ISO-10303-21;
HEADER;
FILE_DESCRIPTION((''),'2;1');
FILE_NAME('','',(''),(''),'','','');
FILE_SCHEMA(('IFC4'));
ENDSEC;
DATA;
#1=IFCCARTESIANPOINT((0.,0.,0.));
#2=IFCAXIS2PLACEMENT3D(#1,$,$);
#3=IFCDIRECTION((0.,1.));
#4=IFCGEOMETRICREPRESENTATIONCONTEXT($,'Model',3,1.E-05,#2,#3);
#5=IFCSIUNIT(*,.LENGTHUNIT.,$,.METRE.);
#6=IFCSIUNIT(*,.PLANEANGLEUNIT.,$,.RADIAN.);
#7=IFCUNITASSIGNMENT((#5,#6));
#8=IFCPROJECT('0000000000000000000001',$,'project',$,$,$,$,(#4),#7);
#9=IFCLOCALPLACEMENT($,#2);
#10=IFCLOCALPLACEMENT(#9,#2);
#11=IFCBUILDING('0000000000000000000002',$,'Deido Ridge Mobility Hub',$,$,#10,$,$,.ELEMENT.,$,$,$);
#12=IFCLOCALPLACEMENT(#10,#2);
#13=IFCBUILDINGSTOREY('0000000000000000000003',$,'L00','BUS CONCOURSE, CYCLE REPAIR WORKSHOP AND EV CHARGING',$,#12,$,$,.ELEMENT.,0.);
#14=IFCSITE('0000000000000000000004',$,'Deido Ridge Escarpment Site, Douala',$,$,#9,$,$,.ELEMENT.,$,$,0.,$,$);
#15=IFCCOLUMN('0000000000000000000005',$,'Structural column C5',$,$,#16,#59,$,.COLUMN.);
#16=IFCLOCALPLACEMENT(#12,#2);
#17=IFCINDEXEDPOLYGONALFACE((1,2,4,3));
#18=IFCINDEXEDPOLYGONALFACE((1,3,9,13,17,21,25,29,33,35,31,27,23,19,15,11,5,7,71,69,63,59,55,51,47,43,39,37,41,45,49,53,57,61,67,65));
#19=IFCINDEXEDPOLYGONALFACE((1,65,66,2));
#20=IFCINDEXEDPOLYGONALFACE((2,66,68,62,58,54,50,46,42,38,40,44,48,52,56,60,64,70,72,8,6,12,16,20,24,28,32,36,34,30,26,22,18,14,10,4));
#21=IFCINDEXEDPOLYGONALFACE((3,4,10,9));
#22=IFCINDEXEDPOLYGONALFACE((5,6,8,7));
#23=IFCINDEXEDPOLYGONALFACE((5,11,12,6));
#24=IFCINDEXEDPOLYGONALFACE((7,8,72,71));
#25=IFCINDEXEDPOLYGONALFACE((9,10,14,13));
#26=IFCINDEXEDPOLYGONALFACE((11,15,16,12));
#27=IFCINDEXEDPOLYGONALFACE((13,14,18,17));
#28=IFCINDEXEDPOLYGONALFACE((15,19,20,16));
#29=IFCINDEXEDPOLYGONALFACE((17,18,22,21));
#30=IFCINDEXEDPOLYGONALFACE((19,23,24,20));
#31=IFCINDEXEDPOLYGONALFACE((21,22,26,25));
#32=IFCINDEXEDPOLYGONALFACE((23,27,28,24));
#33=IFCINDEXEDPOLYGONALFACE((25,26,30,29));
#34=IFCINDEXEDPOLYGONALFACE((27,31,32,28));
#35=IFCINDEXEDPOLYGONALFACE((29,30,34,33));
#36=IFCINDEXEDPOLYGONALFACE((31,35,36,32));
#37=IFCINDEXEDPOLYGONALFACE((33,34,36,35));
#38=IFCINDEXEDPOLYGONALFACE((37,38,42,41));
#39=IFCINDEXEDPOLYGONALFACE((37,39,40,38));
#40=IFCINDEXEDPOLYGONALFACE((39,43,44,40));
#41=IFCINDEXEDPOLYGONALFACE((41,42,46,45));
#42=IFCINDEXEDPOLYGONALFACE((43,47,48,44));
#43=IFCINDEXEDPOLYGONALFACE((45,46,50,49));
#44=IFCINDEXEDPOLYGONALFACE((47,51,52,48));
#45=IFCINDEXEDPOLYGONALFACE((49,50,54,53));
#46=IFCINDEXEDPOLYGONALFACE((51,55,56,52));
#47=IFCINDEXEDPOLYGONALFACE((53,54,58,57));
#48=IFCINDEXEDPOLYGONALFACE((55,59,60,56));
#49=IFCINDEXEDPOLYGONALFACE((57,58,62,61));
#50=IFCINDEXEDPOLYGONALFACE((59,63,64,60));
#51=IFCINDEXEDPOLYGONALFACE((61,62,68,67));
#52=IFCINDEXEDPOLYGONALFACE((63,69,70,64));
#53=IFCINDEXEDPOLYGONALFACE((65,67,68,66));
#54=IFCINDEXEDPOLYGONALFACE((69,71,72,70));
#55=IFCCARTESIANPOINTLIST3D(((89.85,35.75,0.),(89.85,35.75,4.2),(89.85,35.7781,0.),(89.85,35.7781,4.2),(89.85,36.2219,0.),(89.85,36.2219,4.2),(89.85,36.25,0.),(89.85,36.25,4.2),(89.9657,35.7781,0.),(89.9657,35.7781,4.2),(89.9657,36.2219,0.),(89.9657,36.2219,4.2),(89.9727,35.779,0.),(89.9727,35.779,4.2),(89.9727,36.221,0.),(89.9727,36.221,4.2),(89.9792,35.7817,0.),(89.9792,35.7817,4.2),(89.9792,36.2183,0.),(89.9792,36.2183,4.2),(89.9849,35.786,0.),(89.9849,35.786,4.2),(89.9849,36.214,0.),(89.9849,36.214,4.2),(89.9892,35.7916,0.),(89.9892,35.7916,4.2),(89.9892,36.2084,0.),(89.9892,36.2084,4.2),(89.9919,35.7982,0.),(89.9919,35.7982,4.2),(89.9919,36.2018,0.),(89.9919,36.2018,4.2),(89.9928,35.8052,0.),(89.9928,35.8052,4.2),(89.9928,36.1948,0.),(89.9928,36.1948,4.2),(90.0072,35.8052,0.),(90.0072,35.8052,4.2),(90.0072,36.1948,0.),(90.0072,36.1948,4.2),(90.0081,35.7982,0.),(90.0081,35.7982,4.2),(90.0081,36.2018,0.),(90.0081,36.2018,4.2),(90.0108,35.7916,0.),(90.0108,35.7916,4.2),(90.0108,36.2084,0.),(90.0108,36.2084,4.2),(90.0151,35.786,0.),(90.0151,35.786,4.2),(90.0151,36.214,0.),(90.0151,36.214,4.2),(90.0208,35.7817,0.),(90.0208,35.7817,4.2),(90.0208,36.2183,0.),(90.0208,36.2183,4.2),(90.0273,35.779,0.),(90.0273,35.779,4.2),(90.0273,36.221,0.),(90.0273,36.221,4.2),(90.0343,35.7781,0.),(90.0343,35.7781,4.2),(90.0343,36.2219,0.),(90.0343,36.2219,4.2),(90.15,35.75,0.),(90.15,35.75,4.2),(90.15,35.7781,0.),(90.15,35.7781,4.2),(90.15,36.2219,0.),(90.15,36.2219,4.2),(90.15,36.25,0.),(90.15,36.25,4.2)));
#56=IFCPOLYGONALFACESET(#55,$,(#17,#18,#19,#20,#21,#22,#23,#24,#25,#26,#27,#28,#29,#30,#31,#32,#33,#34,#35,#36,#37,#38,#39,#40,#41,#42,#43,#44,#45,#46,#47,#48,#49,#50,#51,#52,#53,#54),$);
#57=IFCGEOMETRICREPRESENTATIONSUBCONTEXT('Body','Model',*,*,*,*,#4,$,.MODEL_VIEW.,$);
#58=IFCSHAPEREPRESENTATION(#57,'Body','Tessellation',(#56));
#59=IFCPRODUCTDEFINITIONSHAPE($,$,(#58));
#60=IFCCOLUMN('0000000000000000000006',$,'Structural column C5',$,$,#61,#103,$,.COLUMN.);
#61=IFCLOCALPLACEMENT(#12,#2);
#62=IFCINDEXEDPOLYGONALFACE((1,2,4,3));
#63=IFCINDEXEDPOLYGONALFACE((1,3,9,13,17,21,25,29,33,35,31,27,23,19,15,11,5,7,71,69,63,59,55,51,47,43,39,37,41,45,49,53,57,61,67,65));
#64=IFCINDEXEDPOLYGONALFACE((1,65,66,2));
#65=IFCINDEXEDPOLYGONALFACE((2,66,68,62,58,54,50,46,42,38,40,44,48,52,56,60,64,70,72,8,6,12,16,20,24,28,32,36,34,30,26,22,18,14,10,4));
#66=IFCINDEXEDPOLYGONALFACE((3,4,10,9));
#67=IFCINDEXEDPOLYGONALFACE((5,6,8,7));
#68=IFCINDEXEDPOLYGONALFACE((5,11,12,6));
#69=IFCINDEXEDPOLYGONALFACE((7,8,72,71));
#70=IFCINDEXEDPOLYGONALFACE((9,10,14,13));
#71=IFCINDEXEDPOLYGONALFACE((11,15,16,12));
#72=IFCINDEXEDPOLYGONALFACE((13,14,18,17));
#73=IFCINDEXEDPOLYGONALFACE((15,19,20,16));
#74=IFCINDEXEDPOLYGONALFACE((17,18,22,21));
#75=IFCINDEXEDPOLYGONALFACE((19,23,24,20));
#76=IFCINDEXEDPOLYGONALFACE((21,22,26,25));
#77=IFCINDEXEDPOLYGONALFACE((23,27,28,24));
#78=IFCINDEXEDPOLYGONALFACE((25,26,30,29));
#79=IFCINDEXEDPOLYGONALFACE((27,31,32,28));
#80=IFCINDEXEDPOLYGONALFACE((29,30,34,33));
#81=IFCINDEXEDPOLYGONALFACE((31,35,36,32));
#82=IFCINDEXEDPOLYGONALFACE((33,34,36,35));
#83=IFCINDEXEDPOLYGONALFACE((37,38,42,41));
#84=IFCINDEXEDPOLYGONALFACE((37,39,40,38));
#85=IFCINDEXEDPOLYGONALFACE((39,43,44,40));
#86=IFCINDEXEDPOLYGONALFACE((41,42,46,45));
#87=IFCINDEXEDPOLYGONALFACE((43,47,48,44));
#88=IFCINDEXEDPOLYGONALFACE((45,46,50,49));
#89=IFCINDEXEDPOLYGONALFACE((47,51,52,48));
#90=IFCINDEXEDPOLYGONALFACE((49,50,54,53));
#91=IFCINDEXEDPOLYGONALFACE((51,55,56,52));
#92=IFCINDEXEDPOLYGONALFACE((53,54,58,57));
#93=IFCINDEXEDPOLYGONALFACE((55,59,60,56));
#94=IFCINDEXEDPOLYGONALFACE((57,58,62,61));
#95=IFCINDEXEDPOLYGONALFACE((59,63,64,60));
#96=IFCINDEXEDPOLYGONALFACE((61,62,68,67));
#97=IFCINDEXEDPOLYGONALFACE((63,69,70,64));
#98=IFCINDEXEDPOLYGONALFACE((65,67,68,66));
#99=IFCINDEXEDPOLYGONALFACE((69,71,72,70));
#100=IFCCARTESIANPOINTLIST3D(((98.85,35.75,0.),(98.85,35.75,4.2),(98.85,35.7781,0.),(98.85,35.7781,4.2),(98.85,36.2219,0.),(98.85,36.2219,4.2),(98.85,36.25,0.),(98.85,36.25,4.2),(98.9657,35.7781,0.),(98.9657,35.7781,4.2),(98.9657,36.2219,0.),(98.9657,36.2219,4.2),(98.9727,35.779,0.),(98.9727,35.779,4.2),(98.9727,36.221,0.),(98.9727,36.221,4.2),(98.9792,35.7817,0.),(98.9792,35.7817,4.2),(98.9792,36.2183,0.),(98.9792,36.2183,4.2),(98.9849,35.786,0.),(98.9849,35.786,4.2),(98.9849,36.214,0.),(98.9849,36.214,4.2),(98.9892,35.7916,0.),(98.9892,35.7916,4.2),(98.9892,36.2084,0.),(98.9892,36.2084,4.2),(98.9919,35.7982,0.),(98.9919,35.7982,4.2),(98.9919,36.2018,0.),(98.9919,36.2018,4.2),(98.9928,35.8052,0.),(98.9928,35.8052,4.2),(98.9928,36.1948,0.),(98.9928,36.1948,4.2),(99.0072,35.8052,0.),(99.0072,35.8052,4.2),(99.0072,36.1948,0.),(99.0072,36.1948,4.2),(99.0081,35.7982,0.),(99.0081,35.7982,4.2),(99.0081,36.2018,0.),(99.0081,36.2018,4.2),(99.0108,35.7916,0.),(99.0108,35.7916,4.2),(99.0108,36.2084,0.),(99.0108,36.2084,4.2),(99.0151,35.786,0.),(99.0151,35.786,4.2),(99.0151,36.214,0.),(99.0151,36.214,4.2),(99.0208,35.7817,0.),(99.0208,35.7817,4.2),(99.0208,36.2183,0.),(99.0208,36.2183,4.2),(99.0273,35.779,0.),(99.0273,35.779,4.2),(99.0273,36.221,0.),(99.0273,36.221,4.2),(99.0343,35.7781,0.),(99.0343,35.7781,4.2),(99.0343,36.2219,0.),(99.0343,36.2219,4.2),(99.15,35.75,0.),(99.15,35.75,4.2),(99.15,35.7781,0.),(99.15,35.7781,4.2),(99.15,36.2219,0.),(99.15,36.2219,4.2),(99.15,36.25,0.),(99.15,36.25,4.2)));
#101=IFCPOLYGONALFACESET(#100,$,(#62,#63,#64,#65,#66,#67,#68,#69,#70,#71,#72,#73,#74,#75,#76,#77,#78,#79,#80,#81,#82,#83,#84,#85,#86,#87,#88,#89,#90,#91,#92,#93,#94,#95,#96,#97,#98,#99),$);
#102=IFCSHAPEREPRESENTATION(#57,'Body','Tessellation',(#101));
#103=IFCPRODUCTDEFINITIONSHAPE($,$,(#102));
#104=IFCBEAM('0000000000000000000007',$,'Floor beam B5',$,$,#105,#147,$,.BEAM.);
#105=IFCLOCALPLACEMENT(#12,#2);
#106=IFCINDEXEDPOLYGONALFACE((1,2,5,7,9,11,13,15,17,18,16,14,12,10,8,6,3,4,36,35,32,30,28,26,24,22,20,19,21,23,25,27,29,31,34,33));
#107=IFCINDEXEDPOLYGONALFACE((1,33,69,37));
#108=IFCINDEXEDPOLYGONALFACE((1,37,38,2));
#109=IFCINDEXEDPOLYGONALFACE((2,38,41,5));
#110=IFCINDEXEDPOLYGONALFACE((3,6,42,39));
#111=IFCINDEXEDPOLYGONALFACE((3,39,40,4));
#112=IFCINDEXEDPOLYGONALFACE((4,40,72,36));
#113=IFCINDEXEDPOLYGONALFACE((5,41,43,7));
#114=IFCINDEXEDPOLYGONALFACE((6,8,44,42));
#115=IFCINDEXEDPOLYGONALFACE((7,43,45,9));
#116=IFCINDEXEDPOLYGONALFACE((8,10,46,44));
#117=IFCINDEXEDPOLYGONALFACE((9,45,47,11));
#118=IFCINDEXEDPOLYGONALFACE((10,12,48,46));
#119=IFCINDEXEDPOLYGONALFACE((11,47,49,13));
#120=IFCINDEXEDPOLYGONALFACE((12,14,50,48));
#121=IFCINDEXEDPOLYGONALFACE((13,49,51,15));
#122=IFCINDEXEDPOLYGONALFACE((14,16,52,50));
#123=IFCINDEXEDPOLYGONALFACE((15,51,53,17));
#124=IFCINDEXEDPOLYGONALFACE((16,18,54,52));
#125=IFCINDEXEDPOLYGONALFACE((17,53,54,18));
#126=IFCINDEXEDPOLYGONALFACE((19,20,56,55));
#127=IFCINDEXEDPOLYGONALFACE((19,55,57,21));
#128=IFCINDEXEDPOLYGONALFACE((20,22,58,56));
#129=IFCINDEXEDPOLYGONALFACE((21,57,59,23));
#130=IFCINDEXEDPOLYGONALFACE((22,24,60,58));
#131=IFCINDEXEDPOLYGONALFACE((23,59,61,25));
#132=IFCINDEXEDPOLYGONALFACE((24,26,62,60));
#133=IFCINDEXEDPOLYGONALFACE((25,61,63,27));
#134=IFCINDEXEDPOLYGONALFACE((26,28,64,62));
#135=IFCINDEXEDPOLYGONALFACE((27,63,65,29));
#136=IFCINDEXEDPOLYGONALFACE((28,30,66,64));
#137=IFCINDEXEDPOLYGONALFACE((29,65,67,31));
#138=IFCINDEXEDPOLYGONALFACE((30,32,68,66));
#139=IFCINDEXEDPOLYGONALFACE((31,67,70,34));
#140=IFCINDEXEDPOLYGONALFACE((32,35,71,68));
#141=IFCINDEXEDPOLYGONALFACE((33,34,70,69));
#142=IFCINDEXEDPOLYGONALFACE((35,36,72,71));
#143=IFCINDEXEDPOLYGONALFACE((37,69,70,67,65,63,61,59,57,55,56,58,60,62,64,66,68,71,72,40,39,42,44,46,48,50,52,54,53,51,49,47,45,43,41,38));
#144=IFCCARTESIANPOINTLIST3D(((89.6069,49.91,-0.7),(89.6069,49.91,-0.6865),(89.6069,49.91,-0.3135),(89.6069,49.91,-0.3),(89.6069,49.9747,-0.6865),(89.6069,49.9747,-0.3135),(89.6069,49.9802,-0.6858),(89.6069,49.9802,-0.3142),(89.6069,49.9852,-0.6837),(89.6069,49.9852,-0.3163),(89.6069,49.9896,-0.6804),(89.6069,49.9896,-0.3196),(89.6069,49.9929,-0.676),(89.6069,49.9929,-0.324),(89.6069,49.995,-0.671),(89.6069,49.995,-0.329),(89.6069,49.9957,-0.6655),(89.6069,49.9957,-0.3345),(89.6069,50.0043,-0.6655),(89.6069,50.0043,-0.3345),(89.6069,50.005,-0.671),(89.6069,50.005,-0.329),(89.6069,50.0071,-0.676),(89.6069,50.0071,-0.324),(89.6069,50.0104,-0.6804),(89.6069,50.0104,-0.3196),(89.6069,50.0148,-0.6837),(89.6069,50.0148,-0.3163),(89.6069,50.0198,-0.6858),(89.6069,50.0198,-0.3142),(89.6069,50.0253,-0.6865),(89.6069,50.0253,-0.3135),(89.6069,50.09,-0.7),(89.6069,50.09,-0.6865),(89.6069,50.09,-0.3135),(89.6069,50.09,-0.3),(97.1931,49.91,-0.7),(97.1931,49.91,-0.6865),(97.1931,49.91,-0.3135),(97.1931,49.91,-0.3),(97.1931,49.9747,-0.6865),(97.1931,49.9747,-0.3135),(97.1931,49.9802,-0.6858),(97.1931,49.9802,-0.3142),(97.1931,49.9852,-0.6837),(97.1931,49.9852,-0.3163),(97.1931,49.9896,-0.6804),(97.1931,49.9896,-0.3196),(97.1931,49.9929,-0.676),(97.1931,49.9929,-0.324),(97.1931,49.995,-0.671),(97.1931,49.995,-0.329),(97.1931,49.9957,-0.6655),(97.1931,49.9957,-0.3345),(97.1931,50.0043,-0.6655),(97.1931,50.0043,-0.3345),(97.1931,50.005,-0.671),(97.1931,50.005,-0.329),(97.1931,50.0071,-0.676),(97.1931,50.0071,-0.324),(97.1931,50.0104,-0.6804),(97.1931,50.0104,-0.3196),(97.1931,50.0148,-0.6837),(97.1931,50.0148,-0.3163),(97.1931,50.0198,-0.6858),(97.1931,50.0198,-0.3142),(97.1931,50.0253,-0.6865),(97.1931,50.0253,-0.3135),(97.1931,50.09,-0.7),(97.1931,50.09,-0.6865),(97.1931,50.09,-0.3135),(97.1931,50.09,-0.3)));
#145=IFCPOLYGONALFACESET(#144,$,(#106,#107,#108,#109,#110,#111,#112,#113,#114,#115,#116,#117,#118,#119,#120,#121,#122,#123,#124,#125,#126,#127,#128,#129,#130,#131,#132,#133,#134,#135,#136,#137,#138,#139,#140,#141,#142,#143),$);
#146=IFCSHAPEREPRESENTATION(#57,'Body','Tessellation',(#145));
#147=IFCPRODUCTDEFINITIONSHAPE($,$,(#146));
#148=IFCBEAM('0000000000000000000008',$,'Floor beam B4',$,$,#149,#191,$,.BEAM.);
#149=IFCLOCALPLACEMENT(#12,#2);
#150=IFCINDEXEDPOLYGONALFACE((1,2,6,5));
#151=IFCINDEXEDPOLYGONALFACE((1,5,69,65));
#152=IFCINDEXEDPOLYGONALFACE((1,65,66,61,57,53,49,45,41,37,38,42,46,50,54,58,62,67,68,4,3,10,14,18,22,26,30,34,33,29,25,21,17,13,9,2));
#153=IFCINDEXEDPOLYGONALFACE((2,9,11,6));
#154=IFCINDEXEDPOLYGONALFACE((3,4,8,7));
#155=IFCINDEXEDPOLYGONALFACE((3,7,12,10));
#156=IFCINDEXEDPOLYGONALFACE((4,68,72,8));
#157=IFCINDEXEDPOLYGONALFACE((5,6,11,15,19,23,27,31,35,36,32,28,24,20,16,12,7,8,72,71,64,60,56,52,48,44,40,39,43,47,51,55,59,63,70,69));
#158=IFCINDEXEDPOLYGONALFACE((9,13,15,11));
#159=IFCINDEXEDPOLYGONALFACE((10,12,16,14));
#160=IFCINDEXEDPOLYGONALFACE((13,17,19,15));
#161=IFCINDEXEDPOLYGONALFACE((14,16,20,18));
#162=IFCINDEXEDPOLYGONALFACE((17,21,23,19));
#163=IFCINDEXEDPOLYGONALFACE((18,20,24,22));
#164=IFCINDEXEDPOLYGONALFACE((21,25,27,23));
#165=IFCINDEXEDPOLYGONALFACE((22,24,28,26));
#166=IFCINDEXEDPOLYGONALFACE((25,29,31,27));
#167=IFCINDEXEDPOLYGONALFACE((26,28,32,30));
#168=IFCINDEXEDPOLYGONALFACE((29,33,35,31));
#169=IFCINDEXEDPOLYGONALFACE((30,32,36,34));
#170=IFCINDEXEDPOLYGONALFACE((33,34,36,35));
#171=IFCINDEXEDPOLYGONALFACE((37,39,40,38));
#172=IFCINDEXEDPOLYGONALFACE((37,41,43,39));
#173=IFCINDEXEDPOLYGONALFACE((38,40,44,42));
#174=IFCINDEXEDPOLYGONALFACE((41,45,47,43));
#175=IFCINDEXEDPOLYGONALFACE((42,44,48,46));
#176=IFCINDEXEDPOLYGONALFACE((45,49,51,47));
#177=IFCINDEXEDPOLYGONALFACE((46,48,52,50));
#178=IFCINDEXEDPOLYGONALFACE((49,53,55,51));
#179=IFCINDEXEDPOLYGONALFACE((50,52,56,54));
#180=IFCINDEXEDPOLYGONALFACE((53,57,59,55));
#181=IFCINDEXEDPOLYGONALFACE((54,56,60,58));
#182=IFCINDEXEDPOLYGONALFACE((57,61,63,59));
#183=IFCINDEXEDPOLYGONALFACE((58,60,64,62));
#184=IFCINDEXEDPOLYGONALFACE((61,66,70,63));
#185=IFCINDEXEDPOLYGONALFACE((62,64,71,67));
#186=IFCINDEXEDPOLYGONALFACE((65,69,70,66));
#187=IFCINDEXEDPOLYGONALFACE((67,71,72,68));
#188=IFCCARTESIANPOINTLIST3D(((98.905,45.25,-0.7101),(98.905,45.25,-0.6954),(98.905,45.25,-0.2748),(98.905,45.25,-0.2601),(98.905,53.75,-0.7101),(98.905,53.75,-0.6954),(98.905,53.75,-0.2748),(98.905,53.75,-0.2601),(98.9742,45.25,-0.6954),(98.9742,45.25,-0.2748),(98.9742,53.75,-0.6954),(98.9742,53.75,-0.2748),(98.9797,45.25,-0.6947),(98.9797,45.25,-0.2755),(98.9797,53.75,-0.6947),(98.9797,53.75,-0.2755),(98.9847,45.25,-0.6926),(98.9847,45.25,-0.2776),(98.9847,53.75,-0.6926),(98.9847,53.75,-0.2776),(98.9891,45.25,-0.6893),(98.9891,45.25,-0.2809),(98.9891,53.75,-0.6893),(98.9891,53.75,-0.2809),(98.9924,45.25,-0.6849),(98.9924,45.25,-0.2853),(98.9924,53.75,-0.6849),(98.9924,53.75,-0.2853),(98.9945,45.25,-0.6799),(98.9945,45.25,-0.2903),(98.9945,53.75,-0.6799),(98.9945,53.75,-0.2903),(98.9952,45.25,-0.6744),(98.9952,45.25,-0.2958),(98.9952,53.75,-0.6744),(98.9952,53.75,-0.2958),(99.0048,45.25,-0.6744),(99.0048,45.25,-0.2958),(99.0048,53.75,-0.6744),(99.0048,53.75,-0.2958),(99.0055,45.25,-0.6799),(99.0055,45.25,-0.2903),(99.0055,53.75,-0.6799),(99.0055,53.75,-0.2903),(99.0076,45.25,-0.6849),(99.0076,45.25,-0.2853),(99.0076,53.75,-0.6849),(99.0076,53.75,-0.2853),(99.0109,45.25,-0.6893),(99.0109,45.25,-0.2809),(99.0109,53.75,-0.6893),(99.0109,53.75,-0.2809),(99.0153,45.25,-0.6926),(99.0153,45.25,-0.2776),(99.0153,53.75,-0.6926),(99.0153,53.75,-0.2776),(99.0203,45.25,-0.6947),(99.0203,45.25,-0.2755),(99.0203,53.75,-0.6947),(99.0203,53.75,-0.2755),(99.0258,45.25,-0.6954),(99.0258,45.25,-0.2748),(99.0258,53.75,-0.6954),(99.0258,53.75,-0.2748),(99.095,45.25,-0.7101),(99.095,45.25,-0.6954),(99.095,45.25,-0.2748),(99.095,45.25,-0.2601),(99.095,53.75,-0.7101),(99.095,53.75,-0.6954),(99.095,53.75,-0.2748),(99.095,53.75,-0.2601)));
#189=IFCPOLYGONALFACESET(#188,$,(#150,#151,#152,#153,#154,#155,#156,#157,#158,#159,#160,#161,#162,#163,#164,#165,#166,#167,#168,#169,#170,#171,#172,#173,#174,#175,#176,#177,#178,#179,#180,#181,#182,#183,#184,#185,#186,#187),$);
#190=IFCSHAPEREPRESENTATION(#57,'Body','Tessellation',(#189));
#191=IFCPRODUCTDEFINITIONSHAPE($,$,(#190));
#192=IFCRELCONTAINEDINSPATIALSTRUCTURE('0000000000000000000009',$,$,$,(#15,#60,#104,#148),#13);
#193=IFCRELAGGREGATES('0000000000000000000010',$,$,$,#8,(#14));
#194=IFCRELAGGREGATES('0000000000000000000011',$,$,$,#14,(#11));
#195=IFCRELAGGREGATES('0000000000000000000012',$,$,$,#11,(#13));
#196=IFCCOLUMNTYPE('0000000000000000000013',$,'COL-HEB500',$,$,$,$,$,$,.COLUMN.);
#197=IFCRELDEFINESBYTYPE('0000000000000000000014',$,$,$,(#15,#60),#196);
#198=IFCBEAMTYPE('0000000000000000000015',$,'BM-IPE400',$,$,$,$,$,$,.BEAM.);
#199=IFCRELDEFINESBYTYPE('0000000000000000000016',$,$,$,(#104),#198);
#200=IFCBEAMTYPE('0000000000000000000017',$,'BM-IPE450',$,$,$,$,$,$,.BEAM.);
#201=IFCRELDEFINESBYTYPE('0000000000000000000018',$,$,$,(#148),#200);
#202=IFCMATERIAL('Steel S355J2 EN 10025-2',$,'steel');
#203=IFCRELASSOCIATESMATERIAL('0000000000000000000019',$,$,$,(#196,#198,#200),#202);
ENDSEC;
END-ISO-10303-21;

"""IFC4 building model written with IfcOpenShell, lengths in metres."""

from ifc_helpers import new_model, si_unit, direction, frame, origin, origin_2d, place, context, subcontext, project, spatial, i_section, extrude, material, material_profile, profile_set, type_object, element, save


model = new_model("IFC4")

# Units and contexts
model_context = context("Model", 3, precision=1e-05, world=origin(), true_north=direction((0.0, 1.0)))
body_context = subcontext(model_context, "Body", "Model", "MODEL_VIEW")
ifc_project = project(units=[si_unit("LENGTHUNIT", "METRE"), si_unit("PLANEANGLEUNIT", "RADIAN")], contexts=[model_context])

# Site, building, storey
site_placement = place(None, origin())
site = spatial("IfcSite", under=ifc_project, at=site_placement, Name="Deido Ridge Escarpment Site, Douala", CompositionType="ELEMENT", RefElevation=0.0)
building_placement = place(site_placement, origin())
building = spatial("IfcBuilding", under=site, at=building_placement, Name="Deido Ridge Mobility Hub", CompositionType="ELEMENT")
storey_placement = place(building_placement, origin())
storey = spatial("IfcBuildingStorey", under=building, at=storey_placement, Name="L00", Description="BUS CONCOURSE, CYCLE REPAIR WORKSHOP AND EV CHARGING", CompositionType="ELEMENT", Elevation=0.0)

# Columns
ifc_material_1 = material(Name="Steel S355J2 EN 10025-2", Category="steel")
ifc_material_profile_1 = material_profile(ifc_material_1, i_section(OverallWidth=0.3, OverallDepth=0.5, WebThickness=0.0144, FlangeThickness=0.0281, FilletRadius=0.0271, at=origin_2d()), Name="HEB 500")
ifc_profile_set_1 = profile_set([ifc_material_profile_1], Name="Steel S355J2 EN 10025-2")
column_type_1 = type_object("IfcColumnType", Name="COL-HEB500", PredefinedType="COLUMN", material=ifc_profile_set_1)
for number, where, z_axis, x_axis, name in (
    (1, (90.0, 36.0, 0.0), (0.0, 0.0, 1.0), (1.0, 0.0, 0.0), "Structural column C5"),
    (2, (99.0, 36.0, 0.0), (0.0, 0.0, 1.0), (1.0, 0.0, 0.0), "Structural column C5"),
):
    element("IfcColumn", number, at=place(storey_placement, frame(where, z_axis=z_axis, x_axis=x_axis)), inside=storey, type_object=column_type_1, Name=name, PredefinedType="COLUMN", context=body_context, shape_type="SweptSolid", body=[
        extrude(i_section(OverallWidth=0.3, OverallDepth=0.5, WebThickness=0.0144, FlangeThickness=0.0281, FilletRadius=0.0271, at=origin_2d()), origin(), (0.0, 0.0, 1.0), 4.2),
    ])

# Beams
ifc_material_profile_2 = material_profile(ifc_material_1, i_section(OverallWidth=0.1799, OverallDepth=0.3999, WebThickness=0.0085, FlangeThickness=0.0134, FilletRadius=0.021, at=origin_2d()), Name="IPE 400")
ifc_profile_set_2 = profile_set([ifc_material_profile_2], Name="Steel S355J2 EN 10025-2")
beam_type_1 = type_object("IfcBeamType", Name="BM-IPE400", PredefinedType="BEAM", material=ifc_profile_set_2)
beam_1_placement = place(storey_placement, frame((89.6069, 50.0, -0.5), z_axis=(1.0, 0.0, 0.0), x_axis=(0.0, 1.0, 0.0)))
element("IfcBeam", 3, at=beam_1_placement, inside=storey, type_object=beam_type_1, Name="Floor beam B5", PredefinedType="BEAM", context=body_context, shape_type="SweptSolid", body=[
    extrude(i_section(OverallWidth=0.1799, OverallDepth=0.3999, WebThickness=0.0085, FlangeThickness=0.0134, FilletRadius=0.021, at=origin_2d()), origin(), (0.0, 0.0, 1.0), 7.5862),
])
ifc_material_profile_3 = material_profile(ifc_material_1, i_section(OverallWidth=0.1899, OverallDepth=0.45, WebThickness=0.0095, FlangeThickness=0.0146, FilletRadius=0.021, at=origin_2d()), Name="IPE 450")
ifc_profile_set_3 = profile_set([ifc_material_profile_3], Name="Steel S355J2 EN 10025-2")
beam_type_2 = type_object("IfcBeamType", Name="BM-IPE450", PredefinedType="BEAM", material=ifc_profile_set_3)
for number, where, z_axis, x_axis, name in (
    (4, (99.0, 45.25, -0.4851), (0.0, 1.0, 0.0), (-1.0, 0.0, 0.0), "Floor beam B4"),
):
    element("IfcBeam", number, at=place(storey_placement, frame(where, z_axis=z_axis, x_axis=x_axis)), inside=storey, type_object=beam_type_2, Name=name, PredefinedType="BEAM", context=body_context, shape_type="SweptSolid", body=[
        extrude(i_section(OverallWidth=0.1899, OverallDepth=0.45, WebThickness=0.0095, FlangeThickness=0.0146, FilletRadius=0.021, at=origin_2d()), origin(), (0.0, 0.0, 1.0), 8.5),
    ])

save(model, "model.ifc")
